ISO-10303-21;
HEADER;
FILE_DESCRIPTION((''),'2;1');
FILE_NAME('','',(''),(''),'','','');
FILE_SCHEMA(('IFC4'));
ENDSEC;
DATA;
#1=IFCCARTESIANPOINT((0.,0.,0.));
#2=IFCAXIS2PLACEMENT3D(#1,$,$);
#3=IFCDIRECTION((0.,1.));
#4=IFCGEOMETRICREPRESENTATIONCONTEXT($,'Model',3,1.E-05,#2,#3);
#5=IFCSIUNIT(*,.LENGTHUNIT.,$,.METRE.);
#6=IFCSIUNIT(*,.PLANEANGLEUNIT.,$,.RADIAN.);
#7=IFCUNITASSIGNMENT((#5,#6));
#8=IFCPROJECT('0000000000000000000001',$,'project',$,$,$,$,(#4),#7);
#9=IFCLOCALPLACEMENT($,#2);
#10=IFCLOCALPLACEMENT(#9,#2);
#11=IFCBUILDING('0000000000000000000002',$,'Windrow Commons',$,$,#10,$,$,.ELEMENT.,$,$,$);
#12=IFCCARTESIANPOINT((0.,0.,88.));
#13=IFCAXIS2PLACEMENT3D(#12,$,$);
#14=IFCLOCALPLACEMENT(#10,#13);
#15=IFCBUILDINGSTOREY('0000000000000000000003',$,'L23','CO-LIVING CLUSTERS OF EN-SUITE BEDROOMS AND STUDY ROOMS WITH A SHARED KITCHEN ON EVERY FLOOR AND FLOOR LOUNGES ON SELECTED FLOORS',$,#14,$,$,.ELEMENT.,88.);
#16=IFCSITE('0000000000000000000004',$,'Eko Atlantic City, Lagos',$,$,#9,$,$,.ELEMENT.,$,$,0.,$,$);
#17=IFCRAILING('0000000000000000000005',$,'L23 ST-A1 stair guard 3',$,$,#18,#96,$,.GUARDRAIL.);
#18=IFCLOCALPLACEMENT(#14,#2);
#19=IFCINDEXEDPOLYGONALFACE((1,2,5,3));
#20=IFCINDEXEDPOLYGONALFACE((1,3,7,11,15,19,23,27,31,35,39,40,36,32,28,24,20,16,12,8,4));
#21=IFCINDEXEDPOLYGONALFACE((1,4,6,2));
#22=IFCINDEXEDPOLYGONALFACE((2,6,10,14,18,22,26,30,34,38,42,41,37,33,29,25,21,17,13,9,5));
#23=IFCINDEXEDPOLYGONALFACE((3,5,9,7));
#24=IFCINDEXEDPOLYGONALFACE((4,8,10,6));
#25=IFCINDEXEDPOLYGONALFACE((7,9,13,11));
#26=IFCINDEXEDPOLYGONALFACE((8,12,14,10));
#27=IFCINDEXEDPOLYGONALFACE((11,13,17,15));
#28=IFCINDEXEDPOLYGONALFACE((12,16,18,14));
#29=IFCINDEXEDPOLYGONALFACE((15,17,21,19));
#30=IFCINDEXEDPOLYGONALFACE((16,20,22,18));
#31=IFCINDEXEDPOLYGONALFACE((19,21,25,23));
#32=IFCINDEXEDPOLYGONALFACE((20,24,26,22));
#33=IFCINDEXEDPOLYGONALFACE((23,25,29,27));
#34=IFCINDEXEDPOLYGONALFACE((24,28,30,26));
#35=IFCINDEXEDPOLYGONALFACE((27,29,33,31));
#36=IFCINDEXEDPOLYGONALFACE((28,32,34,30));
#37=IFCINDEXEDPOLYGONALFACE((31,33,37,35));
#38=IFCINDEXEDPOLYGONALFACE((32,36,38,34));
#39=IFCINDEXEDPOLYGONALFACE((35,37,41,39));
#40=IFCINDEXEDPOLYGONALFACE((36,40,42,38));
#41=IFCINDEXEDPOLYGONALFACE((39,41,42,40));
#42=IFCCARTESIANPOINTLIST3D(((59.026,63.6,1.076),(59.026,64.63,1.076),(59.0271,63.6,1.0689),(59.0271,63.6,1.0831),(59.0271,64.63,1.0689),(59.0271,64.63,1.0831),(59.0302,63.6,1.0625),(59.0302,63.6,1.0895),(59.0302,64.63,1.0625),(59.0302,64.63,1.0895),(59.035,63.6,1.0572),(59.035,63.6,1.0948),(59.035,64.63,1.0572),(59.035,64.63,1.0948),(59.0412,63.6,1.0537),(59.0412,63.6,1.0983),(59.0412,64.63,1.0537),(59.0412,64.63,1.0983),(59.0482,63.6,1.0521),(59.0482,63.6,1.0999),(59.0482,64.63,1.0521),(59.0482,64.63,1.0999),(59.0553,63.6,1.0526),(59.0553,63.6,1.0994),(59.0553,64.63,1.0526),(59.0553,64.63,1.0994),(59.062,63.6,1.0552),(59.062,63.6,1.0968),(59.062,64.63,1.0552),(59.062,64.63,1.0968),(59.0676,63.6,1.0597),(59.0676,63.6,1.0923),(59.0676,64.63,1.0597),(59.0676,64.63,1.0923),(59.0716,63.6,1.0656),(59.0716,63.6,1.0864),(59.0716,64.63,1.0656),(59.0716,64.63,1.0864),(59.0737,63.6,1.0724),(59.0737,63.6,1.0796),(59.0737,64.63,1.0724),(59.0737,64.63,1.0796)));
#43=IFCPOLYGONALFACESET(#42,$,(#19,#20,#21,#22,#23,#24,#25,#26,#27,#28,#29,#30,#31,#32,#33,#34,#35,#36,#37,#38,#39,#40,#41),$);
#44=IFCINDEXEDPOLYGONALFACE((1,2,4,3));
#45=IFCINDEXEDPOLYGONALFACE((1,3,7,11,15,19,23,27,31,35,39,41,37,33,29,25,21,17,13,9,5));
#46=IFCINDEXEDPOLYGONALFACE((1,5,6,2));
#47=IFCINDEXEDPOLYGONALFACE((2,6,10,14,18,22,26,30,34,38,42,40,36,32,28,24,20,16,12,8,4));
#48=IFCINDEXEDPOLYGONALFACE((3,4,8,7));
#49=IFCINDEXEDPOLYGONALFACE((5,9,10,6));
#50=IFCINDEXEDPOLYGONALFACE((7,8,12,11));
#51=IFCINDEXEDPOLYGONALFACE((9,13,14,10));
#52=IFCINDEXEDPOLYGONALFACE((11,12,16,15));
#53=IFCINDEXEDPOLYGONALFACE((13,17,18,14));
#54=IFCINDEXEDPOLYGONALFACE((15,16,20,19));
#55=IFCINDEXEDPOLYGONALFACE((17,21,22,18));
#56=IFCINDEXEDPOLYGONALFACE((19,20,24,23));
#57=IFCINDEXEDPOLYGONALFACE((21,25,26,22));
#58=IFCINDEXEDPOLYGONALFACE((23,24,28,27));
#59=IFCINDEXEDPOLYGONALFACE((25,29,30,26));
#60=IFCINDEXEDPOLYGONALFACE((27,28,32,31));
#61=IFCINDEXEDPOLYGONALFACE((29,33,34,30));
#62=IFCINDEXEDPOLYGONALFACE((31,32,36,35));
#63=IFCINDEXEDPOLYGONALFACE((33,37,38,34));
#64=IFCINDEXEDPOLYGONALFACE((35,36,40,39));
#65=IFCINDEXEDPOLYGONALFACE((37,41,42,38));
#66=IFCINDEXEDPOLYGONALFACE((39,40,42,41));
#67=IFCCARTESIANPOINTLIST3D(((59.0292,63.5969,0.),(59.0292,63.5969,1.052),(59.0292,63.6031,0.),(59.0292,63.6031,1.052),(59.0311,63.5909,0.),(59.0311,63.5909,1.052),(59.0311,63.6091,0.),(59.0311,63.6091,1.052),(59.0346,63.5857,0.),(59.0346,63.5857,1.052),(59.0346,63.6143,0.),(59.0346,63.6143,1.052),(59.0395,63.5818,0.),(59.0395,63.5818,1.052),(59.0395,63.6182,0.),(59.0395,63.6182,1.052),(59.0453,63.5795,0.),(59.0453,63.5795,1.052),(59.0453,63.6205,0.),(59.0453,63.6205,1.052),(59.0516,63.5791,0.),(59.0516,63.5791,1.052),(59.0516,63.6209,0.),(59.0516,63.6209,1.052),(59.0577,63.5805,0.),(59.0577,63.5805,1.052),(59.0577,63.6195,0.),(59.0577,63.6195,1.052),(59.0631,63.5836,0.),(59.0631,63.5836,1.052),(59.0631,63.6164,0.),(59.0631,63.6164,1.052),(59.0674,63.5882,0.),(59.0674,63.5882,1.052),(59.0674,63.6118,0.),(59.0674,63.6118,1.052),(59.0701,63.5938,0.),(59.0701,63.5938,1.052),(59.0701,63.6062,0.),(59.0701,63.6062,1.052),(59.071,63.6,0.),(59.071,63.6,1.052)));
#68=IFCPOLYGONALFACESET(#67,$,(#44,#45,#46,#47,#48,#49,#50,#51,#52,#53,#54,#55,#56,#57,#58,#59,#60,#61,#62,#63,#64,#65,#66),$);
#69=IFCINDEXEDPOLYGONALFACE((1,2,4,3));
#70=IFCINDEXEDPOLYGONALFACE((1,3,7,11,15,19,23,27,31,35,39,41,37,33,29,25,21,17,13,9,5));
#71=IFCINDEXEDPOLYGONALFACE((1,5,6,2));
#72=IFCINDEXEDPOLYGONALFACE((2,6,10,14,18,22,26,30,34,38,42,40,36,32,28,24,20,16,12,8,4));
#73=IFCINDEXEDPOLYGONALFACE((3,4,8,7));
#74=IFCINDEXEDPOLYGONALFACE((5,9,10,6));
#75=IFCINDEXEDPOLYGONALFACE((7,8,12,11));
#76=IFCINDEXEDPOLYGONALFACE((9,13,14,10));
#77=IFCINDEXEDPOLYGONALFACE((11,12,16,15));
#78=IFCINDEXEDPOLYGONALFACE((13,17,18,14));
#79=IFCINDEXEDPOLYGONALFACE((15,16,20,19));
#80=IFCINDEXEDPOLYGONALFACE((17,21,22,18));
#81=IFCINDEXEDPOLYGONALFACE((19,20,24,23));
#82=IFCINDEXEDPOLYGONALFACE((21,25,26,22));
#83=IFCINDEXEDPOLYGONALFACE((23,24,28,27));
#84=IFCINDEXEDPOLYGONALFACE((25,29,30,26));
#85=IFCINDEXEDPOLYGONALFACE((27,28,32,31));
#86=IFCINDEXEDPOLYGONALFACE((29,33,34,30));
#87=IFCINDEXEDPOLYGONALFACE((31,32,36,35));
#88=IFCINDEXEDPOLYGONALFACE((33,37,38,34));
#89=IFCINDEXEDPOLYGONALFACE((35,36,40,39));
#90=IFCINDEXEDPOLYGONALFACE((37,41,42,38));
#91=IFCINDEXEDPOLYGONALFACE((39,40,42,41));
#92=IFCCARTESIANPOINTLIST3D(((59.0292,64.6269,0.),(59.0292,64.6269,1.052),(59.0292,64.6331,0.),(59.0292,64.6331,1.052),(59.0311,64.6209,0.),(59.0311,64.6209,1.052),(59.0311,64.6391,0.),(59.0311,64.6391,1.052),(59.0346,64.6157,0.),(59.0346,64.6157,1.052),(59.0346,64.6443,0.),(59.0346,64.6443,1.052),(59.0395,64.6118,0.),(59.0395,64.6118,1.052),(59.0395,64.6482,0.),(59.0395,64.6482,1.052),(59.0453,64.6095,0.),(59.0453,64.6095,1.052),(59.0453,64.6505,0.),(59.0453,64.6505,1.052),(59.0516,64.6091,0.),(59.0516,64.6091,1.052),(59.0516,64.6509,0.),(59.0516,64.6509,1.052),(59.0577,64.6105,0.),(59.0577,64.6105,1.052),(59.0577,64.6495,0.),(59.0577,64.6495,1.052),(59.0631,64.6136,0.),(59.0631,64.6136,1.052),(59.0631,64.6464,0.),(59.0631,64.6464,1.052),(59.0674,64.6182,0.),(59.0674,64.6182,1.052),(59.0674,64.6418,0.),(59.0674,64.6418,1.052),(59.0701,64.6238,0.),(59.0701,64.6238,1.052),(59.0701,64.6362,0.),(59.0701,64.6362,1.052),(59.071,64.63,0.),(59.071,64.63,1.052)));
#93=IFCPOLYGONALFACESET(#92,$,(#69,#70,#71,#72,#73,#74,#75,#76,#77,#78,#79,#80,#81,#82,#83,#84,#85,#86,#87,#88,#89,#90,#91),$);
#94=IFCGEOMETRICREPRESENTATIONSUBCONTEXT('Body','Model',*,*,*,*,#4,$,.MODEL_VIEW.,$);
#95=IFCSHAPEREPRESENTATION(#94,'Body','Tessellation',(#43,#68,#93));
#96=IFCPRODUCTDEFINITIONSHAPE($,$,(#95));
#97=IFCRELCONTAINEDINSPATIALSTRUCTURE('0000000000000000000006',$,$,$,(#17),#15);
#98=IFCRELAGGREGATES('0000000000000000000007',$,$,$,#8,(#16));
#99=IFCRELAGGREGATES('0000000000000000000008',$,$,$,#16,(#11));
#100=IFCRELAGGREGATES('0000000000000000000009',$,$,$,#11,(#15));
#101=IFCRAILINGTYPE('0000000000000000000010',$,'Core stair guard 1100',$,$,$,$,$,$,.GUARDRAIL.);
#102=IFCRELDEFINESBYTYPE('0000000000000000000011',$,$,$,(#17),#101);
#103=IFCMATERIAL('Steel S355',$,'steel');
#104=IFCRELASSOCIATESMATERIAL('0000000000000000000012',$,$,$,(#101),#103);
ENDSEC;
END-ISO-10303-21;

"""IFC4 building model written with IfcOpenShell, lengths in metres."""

from ifc_helpers import new_model, si_unit, direction, frame, origin, origin_2d, place, context, subcontext, project, spatial, circle, extrude, material, type_object, element, save


model = new_model("IFC4")

# Units and contexts
model_context = context("Model", 3, precision=1e-05, world=origin(), true_north=direction((0.0, 1.0)))
body_context = subcontext(model_context, "Body", "Model", "MODEL_VIEW")
ifc_project = project(units=[si_unit("LENGTHUNIT", "METRE"), si_unit("PLANEANGLEUNIT", "RADIAN")], contexts=[model_context])

# Site, building, storey
site_placement = place(None, origin())
site = spatial("IfcSite", under=ifc_project, at=site_placement, Name="Eko Atlantic City, Lagos", CompositionType="ELEMENT", RefElevation=0.0)
building_placement = place(site_placement, origin())
building = spatial("IfcBuilding", under=site, at=building_placement, Name="Windrow Commons", CompositionType="ELEMENT")
storey_placement = place(building_placement, frame((0.0, 0.0, 88.0)))
storey = spatial("IfcBuildingStorey", under=building, at=storey_placement, Name="L23", Description="CO-LIVING CLUSTERS OF EN-SUITE BEDROOMS AND STUDY ROOMS WITH A SHARED KITCHEN ON EVERY FLOOR AND FLOOR LOUNGES ON SELECTED FLOORS", CompositionType="ELEMENT", Elevation=88.0)

# Railing
ifc_material_1 = material(Name="Steel S355", Category="steel")
railing_type_1 = type_object("IfcRailingType", Name="Core stair guard 1100", PredefinedType="GUARDRAIL", material=ifc_material_1)
railing_1_placement = place(storey_placement, frame((59.05, 63.6, 0.0)))
element("IfcRailing", 1, at=railing_1_placement, inside=storey, type_object=railing_type_1, Name="L23 ST-A1 stair guard 3", PredefinedType="GUARDRAIL", context=body_context, shape_type="SweptSolid", body=[
    extrude(circle(Radius=0.024, at=origin_2d()), frame((0.0, 0.0, 1.076), z_axis=(0.0, 1.0, 0.0), x_axis=(-1.0, 0.0, 0.0)), (0.0, 0.0, 1.0), 1.03),
    extrude(circle(Radius=0.021, at=origin_2d()), origin(), (0.0, 0.0, 1.0), 1.052),
    extrude(circle(Radius=0.021, at=origin_2d()), frame((0.0, 1.03, 0.0)), (0.0, 0.0, 1.0), 1.052),
])

save(model, "model.ifc")
